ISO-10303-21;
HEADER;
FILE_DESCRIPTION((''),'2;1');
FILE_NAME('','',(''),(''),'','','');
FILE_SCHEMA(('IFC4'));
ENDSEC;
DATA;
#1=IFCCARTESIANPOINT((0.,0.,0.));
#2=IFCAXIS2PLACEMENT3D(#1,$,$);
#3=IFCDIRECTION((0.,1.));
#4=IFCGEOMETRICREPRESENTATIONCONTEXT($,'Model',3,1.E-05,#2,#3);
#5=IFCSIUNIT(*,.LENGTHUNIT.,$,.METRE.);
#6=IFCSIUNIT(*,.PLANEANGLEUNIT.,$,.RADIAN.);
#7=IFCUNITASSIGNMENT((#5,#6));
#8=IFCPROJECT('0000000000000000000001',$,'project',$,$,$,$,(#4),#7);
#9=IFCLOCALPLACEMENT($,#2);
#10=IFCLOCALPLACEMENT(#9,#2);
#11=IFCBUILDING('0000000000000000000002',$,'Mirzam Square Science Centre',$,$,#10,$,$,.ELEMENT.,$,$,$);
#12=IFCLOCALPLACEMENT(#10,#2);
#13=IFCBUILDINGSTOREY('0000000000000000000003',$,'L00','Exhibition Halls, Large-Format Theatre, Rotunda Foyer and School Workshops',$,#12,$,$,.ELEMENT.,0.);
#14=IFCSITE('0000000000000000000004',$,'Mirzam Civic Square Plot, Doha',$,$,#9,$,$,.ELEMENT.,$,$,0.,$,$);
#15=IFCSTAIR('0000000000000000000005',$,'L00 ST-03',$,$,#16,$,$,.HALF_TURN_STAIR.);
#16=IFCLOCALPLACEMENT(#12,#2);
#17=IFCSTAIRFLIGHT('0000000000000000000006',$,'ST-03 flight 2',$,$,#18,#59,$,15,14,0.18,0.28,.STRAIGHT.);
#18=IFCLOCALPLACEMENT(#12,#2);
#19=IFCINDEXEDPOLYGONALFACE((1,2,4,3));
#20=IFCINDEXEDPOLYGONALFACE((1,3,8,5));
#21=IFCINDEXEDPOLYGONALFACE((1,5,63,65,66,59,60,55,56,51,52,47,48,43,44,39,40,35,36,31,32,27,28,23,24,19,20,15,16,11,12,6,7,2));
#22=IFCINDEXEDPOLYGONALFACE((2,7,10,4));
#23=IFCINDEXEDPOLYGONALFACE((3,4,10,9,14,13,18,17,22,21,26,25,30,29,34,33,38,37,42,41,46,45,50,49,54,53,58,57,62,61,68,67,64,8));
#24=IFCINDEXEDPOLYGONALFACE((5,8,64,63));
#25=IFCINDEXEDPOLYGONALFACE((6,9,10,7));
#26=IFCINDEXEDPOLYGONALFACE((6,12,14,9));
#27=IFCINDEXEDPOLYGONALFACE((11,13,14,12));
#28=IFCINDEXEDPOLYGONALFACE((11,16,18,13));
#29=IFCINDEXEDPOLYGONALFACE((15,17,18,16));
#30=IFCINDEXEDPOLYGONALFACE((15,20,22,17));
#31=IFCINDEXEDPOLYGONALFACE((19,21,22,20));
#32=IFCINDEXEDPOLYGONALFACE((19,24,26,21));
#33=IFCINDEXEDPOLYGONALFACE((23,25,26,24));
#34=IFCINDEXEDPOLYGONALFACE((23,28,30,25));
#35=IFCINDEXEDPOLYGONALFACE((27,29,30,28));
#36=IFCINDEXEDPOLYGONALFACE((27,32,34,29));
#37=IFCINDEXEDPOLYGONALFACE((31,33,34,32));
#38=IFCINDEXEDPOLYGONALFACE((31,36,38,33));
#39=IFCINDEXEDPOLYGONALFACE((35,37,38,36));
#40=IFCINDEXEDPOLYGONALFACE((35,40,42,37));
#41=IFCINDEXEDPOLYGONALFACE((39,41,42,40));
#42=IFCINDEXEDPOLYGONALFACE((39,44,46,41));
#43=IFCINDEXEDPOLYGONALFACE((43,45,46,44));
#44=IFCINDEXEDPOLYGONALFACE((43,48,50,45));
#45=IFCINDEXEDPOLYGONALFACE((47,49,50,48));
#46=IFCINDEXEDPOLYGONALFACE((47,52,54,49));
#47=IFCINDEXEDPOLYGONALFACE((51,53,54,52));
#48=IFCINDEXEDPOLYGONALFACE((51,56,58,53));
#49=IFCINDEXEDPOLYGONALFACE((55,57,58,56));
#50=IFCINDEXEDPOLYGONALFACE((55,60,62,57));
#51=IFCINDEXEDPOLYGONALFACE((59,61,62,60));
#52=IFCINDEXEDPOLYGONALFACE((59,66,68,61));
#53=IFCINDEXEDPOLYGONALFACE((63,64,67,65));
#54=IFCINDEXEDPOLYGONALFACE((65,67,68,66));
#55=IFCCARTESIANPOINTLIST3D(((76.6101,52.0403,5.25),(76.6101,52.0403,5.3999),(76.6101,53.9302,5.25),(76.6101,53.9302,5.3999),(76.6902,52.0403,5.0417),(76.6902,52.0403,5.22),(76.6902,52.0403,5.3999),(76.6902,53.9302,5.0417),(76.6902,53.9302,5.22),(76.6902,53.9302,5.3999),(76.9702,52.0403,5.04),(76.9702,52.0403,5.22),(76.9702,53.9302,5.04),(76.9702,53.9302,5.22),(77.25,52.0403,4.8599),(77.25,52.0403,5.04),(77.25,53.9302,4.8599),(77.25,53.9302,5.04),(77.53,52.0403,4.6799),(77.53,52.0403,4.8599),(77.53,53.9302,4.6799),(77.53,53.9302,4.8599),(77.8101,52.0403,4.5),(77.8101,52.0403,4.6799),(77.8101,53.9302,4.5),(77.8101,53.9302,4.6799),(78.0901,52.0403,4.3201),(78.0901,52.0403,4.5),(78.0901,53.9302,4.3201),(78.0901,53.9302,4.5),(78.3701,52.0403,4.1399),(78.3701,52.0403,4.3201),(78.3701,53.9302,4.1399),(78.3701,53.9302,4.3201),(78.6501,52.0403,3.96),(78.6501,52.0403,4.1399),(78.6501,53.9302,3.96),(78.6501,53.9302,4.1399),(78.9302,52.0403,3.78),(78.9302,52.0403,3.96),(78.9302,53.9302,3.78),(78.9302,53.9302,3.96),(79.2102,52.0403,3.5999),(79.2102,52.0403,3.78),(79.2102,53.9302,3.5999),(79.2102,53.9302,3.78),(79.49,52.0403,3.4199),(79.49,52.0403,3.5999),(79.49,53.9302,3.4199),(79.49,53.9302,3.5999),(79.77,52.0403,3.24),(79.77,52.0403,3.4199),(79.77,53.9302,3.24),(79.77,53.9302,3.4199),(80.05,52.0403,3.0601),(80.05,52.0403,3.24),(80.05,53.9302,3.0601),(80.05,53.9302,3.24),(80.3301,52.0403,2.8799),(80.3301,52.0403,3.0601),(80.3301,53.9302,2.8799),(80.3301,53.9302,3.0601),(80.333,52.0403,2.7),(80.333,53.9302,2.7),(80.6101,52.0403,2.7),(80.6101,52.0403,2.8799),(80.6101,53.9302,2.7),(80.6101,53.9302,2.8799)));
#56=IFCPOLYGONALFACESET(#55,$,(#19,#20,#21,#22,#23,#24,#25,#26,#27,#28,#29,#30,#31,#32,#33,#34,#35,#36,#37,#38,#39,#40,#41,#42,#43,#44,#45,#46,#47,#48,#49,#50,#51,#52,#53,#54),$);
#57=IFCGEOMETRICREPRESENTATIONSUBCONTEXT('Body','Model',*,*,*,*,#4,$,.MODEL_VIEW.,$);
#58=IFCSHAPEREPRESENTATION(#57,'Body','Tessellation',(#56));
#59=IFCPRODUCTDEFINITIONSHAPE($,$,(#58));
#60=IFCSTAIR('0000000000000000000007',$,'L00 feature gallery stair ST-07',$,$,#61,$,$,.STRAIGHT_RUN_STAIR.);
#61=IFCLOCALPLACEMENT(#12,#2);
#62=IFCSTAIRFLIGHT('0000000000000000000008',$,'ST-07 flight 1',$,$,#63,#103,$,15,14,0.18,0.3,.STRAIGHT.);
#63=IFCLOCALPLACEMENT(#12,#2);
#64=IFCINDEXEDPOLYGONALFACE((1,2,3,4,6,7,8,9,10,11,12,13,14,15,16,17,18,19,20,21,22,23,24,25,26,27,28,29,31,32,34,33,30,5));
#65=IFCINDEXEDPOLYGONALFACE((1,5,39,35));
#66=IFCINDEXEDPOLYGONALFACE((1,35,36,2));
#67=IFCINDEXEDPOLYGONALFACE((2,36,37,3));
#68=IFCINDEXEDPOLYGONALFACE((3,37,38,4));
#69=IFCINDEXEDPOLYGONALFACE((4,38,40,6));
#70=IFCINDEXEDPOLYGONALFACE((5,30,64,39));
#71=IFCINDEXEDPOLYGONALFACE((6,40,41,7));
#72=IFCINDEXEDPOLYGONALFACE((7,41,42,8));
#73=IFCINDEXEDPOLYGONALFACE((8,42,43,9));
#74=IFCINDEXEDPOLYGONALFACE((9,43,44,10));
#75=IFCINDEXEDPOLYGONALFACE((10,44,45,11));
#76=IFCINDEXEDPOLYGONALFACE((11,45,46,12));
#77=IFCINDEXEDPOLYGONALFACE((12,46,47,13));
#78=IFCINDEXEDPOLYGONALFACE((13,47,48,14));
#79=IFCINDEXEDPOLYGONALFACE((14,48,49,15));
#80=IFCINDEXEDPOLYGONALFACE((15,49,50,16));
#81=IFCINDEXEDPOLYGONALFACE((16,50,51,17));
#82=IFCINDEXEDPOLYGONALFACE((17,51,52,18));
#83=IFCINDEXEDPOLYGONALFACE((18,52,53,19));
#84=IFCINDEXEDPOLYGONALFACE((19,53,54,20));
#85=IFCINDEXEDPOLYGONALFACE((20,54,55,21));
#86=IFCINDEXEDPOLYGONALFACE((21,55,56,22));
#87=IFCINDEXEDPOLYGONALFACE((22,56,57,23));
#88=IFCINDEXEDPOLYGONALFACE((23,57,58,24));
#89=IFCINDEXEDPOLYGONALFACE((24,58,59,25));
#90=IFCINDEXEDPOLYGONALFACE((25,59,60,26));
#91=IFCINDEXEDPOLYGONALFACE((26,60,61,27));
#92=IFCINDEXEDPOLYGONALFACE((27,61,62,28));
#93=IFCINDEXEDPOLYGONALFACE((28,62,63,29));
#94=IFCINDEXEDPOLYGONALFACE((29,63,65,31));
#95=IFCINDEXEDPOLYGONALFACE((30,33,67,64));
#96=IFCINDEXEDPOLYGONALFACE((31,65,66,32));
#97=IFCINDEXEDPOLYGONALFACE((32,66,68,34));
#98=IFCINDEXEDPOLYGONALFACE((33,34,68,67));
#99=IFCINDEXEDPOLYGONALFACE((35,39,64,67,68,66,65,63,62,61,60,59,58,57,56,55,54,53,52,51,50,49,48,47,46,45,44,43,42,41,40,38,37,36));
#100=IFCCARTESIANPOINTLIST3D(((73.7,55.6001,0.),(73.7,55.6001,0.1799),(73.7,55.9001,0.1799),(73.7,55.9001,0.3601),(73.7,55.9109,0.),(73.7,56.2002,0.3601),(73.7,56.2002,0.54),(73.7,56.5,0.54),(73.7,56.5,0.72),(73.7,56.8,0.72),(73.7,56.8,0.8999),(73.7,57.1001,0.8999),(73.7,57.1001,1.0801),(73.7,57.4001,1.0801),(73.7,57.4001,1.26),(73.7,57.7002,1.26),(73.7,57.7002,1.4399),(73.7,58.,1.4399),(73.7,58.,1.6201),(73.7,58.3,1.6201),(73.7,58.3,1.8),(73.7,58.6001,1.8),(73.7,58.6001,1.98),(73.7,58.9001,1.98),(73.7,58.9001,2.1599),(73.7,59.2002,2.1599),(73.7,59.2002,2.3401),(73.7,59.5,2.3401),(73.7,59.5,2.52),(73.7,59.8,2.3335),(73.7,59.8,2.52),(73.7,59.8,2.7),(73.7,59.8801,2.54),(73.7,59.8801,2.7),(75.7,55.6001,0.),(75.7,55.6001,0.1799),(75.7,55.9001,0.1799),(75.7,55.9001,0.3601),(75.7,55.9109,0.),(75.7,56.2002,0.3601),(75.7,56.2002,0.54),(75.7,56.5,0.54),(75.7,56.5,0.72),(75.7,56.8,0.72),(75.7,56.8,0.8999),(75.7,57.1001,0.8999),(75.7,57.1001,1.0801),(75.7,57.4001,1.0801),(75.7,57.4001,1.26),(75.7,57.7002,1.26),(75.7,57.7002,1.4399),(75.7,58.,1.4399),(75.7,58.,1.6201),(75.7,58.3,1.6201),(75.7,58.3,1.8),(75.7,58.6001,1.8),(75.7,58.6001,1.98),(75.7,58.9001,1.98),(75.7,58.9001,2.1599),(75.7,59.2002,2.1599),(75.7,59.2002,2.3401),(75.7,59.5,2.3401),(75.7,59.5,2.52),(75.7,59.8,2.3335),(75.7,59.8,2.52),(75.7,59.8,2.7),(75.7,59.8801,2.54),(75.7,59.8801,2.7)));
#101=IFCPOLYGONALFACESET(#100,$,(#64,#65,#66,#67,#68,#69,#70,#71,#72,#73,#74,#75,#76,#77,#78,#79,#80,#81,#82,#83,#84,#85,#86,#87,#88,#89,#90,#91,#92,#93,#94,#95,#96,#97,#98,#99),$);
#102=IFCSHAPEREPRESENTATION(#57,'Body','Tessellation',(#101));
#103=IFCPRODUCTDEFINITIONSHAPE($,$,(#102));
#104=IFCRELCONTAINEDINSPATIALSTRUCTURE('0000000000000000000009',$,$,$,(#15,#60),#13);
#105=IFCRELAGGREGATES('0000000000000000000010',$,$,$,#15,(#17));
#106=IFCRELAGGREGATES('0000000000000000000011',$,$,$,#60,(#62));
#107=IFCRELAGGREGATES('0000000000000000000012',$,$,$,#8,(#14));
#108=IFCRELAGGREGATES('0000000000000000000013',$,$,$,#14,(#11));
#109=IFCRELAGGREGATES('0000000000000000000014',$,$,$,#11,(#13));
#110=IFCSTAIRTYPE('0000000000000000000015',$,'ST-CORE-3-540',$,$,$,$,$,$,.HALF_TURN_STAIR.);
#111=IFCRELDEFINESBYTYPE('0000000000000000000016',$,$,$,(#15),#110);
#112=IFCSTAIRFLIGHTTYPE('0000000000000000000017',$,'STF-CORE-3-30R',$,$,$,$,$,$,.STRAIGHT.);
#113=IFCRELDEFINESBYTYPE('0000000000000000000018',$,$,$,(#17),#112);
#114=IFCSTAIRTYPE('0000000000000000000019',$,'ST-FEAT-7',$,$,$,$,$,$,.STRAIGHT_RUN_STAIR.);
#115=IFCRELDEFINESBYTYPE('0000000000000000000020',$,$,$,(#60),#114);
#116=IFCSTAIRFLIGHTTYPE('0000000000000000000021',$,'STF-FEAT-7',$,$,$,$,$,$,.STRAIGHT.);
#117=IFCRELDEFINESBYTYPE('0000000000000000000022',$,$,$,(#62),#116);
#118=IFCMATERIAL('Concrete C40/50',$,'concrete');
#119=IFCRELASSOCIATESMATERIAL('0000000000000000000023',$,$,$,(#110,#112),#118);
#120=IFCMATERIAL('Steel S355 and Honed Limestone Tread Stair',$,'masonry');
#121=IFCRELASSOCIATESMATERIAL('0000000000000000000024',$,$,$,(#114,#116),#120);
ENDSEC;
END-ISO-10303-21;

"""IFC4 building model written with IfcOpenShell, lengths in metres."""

from ifc_helpers import new_model, si_unit, direction, frame, origin, place, context, subcontext, project, spatial, polyline, outline, extrude, material, type_object, element, aggregate, save


model = new_model("IFC4")

# Units and contexts
model_context = context("Model", 3, precision=1e-05, world=origin(), true_north=direction((0.0, 1.0)))
body_context = subcontext(model_context, "Body", "Model", "MODEL_VIEW")
ifc_project = project(units=[si_unit("LENGTHUNIT", "METRE"), si_unit("PLANEANGLEUNIT", "RADIAN")], contexts=[model_context])

# Site, building, storey
site_placement = place(None, origin())
site = spatial("IfcSite", under=ifc_project, at=site_placement, Name="Mirzam Civic Square Plot, Doha", CompositionType="ELEMENT", RefElevation=0.0)
building_placement = place(site_placement, origin())
building = spatial("IfcBuilding", under=site, at=building_placement, Name="Mirzam Square Science Centre", CompositionType="ELEMENT")
storey_placement = place(building_placement, origin())
storey = spatial("IfcBuildingStorey", under=building, at=storey_placement, Name="L00", Description="Exhibition Halls, Large-Format Theatre, Rotunda Foyer and School Workshops", CompositionType="ELEMENT", Elevation=0.0)

# Stair, stair flight
ifc_material_1 = material(Name="Concrete C40/50", Category="concrete")
stair_type_1 = type_object("IfcStairType", Name="ST-CORE-3-540", PredefinedType="HALF_TURN_STAIR", material=ifc_material_1)
stair_1_placement = place(storey_placement, origin())
stair_1 = element("IfcStair", 1, at=stair_1_placement, inside=storey, type_object=stair_type_1, Name="L00 ST-03", PredefinedType="HALF_TURN_STAIR")
stair_flight_type_1 = type_object("IfcStairFlightType", Name="STF-CORE-3-30R", PredefinedType="STRAIGHT", material=ifc_material_1)
stair_flight_1_placement = place(storey_placement, frame((80.6101, 52.9851, 2.7), z_axis=(0.0, 0.0, 1.0), x_axis=(-1.0, 0.0, 0.0)))
stair_flight_1 = element("IfcStairFlight", 2, at=stair_flight_1_placement, type_object=stair_flight_type_1, Name="ST-03 flight 2", NumberOfRisers=15, NumberOfTreads=14, PredefinedType="STRAIGHT", RiserHeight=0.18, TreadLength=0.28, context=body_context, shape_type="SweptSolid", body=[
    extrude(outline(polyline([(0.0, 0.0), (0.0, 0.1799), (0.28, 0.1799), (0.28, 0.3601), (0.5601, 0.3601), (0.5601, 0.54), (0.8401, 0.54), (0.8401, 0.72), (1.1201, 0.72), (1.1201, 0.8999), (1.3999, 0.8999), (1.3999, 1.0801), (1.6799, 1.0801), (1.6799, 1.26), (1.96, 1.26), (1.96, 1.4399), (2.24, 1.4399), (2.24, 1.6201), (2.52, 1.6201), (2.52, 1.8), (2.8, 1.8), (2.8, 1.98), (3.0801, 1.98), (3.0801, 2.1599), (3.3601, 2.1599), (3.3601, 2.3401), (3.6399, 2.3401), (3.6399, 2.52), (3.9199, 2.52), (3.9199, 2.7), (4.0, 2.7), (4.0, 2.55), (3.9199, 2.3418), (0.2771, 0.0), (0.0, 0.0)])), frame((0.0, 0.9448, 0.0), z_axis=(0.0, -1.0, 0.0), x_axis=(1.0, 0.0, 0.0)), (0.0, 0.0, 1.0), 1.8899),
])
aggregate(stair_1, [stair_flight_1])

# Stair, stair flight
ifc_material_2 = material(Name="Steel S355 and Honed Limestone Tread Stair", Category="masonry")
stair_type_2 = type_object("IfcStairType", Name="ST-FEAT-7", PredefinedType="STRAIGHT_RUN_STAIR", material=ifc_material_2)
stair_2_placement = place(storey_placement, origin())
stair_2 = element("IfcStair", 3, at=stair_2_placement, inside=storey, type_object=stair_type_2, Name="L00 feature gallery stair ST-07", PredefinedType="STRAIGHT_RUN_STAIR")
stair_flight_type_2 = type_object("IfcStairFlightType", Name="STF-FEAT-7", PredefinedType="STRAIGHT", material=ifc_material_2)
stair_flight_2_placement = place(storey_placement, frame((74.7, 55.6001, 0.0), z_axis=(0.0, 0.0, 1.0), x_axis=(0.0, 1.0, 0.0)))
stair_flight_2 = element("IfcStairFlight", 4, at=stair_flight_2_placement, type_object=stair_flight_type_2, Name="ST-07 flight 1", NumberOfRisers=15, NumberOfTreads=14, PredefinedType="STRAIGHT", RiserHeight=0.18, TreadLength=0.3, context=body_context, shape_type="SweptSolid", body=[
    extrude(outline(polyline([(0.0, 0.0), (0.0, 0.1799), (0.3, 0.1799), (0.3, 0.3601), (0.6001, 0.3601), (0.6001, 0.54), (0.8999, 0.54), (0.8999, 0.72), (1.2, 0.72), (1.2, 0.8999), (1.5, 0.8999), (1.5, 1.0801), (1.8, 1.0801), (1.8, 1.26), (2.1001, 1.26), (2.1001, 1.4399), (2.3999, 1.4399), (2.3999, 1.6201), (2.7, 1.6201), (2.7, 1.8), (3.0, 1.8), (3.0, 1.98), (3.3, 1.98), (3.3, 2.1599), (3.6001, 2.1599), (3.6001, 2.3401), (3.8999, 2.3401), (3.8999, 2.52), (4.2, 2.52), (4.2, 2.7), (4.28, 2.7), (4.28, 2.54), (4.2, 2.3335), (0.3108, 0.0), (0.0, 0.0)])), frame((0.0, 1.0, 0.0), z_axis=(0.0, -1.0, 0.0), x_axis=(1.0, 0.0, 0.0)), (0.0, 0.0, 1.0), 2.0),
])
aggregate(stair_2, [stair_flight_2])

save(model, "model.ifc")
